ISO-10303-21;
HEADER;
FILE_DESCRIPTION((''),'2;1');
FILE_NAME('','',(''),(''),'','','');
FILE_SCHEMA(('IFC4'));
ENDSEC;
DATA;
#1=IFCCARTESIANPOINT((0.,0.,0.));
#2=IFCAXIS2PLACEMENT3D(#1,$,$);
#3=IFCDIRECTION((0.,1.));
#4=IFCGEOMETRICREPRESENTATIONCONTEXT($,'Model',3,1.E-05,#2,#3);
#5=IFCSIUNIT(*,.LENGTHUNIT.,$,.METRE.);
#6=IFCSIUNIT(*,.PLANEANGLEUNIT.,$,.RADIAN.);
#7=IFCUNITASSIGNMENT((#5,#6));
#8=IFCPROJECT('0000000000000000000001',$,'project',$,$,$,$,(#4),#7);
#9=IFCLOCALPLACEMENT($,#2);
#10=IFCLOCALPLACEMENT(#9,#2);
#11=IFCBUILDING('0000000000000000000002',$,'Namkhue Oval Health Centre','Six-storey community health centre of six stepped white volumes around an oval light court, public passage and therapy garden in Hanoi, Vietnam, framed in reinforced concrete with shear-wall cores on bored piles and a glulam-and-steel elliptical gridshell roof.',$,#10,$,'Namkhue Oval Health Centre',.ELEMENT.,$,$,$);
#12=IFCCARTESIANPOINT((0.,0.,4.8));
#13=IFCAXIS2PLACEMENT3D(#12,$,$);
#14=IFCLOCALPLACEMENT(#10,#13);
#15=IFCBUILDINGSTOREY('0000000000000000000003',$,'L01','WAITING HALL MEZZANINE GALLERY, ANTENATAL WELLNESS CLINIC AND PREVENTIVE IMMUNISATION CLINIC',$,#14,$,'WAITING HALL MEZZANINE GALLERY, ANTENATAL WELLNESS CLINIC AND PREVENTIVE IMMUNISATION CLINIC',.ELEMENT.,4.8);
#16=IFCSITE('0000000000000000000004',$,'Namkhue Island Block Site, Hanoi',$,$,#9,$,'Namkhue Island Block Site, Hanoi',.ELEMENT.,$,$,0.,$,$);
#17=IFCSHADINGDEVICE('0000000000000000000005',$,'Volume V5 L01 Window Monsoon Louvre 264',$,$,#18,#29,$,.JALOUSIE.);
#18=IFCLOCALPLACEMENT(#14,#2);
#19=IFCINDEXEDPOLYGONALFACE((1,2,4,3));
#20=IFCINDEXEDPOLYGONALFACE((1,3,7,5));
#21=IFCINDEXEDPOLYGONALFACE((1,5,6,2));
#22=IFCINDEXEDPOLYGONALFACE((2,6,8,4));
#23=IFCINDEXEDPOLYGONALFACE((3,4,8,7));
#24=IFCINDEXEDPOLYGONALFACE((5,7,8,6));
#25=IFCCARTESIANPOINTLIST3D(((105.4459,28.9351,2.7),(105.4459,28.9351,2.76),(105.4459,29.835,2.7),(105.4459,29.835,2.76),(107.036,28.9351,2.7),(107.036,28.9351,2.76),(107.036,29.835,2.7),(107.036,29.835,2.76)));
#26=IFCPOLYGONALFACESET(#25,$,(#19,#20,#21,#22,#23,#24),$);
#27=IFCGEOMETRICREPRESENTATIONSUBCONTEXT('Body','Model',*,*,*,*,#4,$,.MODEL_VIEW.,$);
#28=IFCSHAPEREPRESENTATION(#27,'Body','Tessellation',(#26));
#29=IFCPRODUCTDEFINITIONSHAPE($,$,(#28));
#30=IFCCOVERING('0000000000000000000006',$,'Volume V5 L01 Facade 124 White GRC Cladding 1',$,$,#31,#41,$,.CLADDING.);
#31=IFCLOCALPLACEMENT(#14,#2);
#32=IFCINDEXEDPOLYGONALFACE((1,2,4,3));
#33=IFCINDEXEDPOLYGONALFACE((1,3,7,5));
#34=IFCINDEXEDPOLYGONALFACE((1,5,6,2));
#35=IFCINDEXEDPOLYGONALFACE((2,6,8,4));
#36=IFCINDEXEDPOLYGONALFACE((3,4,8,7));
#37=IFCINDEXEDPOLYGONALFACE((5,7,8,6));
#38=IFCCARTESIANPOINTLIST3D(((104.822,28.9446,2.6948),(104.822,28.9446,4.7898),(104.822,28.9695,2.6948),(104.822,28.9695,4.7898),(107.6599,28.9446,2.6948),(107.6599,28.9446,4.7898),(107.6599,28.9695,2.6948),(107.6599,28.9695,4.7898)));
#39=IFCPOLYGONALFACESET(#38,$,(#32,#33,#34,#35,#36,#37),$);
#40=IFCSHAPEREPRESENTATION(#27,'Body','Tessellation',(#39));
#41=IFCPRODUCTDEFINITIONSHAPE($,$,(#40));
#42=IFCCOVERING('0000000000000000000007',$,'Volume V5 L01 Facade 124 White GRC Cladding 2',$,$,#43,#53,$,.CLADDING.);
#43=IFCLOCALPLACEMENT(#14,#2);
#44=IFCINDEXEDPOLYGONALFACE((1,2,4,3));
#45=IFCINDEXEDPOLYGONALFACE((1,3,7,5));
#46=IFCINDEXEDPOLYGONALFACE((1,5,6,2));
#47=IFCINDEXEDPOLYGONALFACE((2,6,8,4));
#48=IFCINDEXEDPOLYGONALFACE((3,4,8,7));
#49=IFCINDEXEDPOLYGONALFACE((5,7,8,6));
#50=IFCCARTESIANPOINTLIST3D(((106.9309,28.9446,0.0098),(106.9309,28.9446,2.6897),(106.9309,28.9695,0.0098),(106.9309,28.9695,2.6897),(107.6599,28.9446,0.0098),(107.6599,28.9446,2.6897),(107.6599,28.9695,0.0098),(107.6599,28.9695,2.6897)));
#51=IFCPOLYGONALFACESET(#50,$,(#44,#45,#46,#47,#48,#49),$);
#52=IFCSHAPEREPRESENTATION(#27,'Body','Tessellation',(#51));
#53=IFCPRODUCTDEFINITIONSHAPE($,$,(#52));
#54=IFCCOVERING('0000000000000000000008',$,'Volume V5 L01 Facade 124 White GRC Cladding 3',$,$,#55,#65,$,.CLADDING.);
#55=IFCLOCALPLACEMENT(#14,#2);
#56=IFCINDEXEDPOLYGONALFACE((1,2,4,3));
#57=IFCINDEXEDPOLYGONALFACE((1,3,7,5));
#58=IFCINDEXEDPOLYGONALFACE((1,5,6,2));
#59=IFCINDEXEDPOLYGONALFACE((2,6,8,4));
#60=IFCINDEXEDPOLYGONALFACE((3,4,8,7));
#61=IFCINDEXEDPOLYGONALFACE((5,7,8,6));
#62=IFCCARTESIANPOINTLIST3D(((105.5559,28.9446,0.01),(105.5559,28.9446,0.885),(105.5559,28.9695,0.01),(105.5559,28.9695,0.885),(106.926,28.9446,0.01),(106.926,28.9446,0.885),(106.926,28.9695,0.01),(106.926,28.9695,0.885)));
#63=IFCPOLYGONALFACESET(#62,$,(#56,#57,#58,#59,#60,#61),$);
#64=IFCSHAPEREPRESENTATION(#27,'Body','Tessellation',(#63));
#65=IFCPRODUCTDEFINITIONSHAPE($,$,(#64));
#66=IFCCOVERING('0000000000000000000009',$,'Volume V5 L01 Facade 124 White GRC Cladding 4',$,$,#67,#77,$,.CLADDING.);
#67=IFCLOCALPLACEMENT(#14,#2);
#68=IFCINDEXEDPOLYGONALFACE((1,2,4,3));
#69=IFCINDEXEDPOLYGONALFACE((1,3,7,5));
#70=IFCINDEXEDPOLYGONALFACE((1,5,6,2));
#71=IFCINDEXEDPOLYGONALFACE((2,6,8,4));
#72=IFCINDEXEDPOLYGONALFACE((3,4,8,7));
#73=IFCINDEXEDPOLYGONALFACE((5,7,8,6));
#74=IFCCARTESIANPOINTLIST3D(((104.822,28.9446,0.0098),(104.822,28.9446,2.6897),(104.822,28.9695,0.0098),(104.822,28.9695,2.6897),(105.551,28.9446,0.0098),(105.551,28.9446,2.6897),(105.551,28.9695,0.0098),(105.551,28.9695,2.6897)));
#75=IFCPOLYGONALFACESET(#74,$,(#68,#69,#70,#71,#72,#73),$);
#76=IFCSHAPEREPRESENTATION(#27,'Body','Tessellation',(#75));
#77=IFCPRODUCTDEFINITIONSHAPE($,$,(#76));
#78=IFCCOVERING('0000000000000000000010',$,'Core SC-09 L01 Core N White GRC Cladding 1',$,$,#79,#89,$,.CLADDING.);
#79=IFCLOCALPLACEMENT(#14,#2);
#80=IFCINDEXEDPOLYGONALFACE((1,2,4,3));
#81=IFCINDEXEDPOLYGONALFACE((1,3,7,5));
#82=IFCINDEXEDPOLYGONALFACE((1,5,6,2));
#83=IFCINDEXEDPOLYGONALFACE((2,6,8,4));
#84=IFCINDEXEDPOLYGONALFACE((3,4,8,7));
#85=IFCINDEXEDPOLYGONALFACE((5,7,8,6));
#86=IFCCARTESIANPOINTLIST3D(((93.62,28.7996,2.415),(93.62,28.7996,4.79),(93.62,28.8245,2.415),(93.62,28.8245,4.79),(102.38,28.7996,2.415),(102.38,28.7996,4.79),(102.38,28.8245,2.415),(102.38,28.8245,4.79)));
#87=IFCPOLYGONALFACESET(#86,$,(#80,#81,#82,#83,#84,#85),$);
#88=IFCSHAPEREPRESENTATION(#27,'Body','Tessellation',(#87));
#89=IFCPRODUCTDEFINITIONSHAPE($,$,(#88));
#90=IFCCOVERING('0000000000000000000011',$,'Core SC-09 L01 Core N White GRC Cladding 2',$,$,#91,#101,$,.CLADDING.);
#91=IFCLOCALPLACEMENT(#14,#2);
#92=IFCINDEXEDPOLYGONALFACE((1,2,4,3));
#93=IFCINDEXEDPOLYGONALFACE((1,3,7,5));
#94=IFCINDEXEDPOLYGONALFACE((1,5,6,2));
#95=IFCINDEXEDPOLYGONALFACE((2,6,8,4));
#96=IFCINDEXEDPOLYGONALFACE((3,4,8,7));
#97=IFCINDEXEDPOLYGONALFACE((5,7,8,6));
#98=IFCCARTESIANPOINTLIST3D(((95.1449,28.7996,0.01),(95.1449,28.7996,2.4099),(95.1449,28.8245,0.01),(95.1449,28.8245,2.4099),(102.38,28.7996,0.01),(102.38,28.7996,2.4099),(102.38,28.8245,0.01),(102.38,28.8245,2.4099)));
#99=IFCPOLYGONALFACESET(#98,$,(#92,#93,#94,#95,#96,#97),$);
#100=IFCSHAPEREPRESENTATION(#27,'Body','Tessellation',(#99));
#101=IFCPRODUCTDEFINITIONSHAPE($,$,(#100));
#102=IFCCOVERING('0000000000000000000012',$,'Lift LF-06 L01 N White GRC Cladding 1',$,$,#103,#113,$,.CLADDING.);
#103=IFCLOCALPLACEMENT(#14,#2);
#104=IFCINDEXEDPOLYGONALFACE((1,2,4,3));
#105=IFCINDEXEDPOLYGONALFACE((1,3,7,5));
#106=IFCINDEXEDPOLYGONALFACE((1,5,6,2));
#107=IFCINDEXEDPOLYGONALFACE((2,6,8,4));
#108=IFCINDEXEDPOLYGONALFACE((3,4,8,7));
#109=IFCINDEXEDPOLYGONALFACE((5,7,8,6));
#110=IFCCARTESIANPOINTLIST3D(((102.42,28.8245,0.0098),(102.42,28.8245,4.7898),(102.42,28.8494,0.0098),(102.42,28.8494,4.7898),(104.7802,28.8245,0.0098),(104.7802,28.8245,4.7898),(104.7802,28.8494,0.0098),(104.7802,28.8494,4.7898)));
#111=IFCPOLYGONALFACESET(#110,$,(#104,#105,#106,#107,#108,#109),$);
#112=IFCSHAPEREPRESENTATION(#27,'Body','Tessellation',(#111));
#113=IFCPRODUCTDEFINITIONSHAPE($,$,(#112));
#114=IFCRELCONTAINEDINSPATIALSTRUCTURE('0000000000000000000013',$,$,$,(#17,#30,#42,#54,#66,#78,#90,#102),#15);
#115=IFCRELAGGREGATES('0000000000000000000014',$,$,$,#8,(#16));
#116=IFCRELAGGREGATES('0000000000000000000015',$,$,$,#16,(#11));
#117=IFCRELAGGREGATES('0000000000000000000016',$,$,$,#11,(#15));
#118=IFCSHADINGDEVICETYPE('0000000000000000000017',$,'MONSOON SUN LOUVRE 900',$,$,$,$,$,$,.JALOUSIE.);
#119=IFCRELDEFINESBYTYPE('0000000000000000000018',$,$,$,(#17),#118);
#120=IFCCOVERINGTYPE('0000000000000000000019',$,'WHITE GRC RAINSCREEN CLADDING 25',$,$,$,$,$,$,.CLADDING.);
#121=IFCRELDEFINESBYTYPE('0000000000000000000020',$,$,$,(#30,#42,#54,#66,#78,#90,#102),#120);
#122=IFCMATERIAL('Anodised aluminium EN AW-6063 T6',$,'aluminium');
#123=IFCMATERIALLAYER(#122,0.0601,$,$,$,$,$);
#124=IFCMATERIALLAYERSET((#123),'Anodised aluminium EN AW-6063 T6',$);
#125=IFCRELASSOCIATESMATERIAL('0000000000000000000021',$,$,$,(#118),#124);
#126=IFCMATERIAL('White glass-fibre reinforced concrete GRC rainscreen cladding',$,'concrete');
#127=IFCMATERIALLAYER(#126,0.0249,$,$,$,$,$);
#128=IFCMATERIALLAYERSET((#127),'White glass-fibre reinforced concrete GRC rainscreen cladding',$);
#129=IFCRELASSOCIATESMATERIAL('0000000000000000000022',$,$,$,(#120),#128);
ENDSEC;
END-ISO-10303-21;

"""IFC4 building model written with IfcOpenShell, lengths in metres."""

from ifc_helpers import new_model, si_unit, direction, frame, origin, origin_2d, place, context, subcontext, project, spatial, rectangle, extrude, material, layer, layer_set, type_object, element, save


model = new_model("IFC4")

# Units and contexts
model_context = context("Model", 3, precision=1e-05, world=origin(), true_north=direction((0.0, 1.0)))
body_context = subcontext(model_context, "Body", "Model", "MODEL_VIEW")
ifc_project = project(units=[si_unit("LENGTHUNIT", "METRE"), si_unit("PLANEANGLEUNIT", "RADIAN")], contexts=[model_context])

# Site, building, storey
site_placement = place(None, origin())
site = spatial("IfcSite", under=ifc_project, at=site_placement, Name="Namkhue Island Block Site, Hanoi", LongName="Namkhue Island Block Site, Hanoi", CompositionType="ELEMENT", RefElevation=0.0)
building_placement = place(site_placement, origin())
building = spatial("IfcBuilding", under=site, at=building_placement, Name="Namkhue Oval Health Centre", Description="Six-storey community health centre of six stepped white volumes around an oval light court, public passage and therapy garden in Hanoi, Vietnam, framed in reinforced concrete with shear-wall cores on bored piles and a glulam-and-steel elliptical gridshell roof.", LongName="Namkhue Oval Health Centre", CompositionType="ELEMENT")
storey_placement = place(building_placement, frame((0.0, 0.0, 4.8)))
storey = spatial("IfcBuildingStorey", under=building, at=storey_placement, Name="L01", Description="WAITING HALL MEZZANINE GALLERY, ANTENATAL WELLNESS CLINIC AND PREVENTIVE IMMUNISATION CLINIC", LongName="WAITING HALL MEZZANINE GALLERY, ANTENATAL WELLNESS CLINIC AND PREVENTIVE IMMUNISATION CLINIC", CompositionType="ELEMENT", Elevation=4.8)

# Shading device
ifc_material_1 = material(Name="Anodised aluminium EN AW-6063 T6", Category="aluminium")
ifc_layer_1 = layer(ifc_material_1, 0.0601)
ifc_layer_set_1 = layer_set([ifc_layer_1], Name="Anodised aluminium EN AW-6063 T6")
shading_device_type = type_object("IfcShadingDeviceType", Name="MONSOON SUN LOUVRE 900", PredefinedType="JALOUSIE", material=ifc_layer_set_1)
shading_device_placement = place(storey_placement, frame((106.241, 29.385, 2.7), z_axis=(0.0, 0.0, 1.0), x_axis=(-1.0, 0.0, 0.0)))
element("IfcShadingDevice", 1, at=shading_device_placement, inside=storey, type_object=shading_device_type, Name="Volume V5 L01 Window Monsoon Louvre 264", PredefinedType="JALOUSIE", context=body_context, shape_type="SweptSolid", body=[
    extrude(rectangle(XDim=1.5901, YDim=0.8999, at=origin_2d()), origin(), (0.0, 0.0, 1.0), 0.0601),
])

# Coverings
ifc_material_2 = material(Name="White glass-fibre reinforced concrete GRC rainscreen cladding", Category="concrete")
ifc_layer_2 = layer(ifc_material_2, 0.0249)
ifc_layer_set_2 = layer_set([ifc_layer_2], Name="White glass-fibre reinforced concrete GRC rainscreen cladding")
covering_type = type_object("IfcCoveringType", Name="WHITE GRC RAINSCREEN CLADDING 25", PredefinedType="CLADDING", material=ifc_layer_set_2)
covering_1_placement = place(storey_placement, frame((106.241, 28.957, 2.6948), z_axis=(0.0, 0.0, 1.0), x_axis=(-1.0, 0.0, 0.0)))
element("IfcCovering", 2, at=covering_1_placement, inside=storey, type_object=covering_type, Name="Volume V5 L01 Facade 124 White GRC Cladding 1", PredefinedType="CLADDING", context=body_context, shape_type="SweptSolid", body=[
    extrude(rectangle(XDim=2.8379, YDim=0.0249, at=origin_2d()), origin(), (0.0, 0.0, 1.0), 2.095),
])
covering_2_placement = place(storey_placement, frame((107.2954, 28.957, 0.0098), z_axis=(0.0, 0.0, 1.0), x_axis=(-1.0, 0.0, 0.0)))
element("IfcCovering", 3, at=covering_2_placement, inside=storey, type_object=covering_type, Name="Volume V5 L01 Facade 124 White GRC Cladding 2", PredefinedType="CLADDING", context=body_context, shape_type="SweptSolid", body=[
    extrude(rectangle(XDim=0.729, YDim=0.0249, at=origin_2d()), origin(), (0.0, 0.0, 1.0), 2.6799),
])
covering_3_placement = place(storey_placement, frame((106.241, 28.957, 0.01), z_axis=(0.0, 0.0, 1.0), x_axis=(-1.0, 0.0, 0.0)))
element("IfcCovering", 4, at=covering_3_placement, inside=storey, type_object=covering_type, Name="Volume V5 L01 Facade 124 White GRC Cladding 3", PredefinedType="CLADDING", context=body_context, shape_type="SweptSolid", body=[
    extrude(rectangle(XDim=1.3701, YDim=0.0249, at=origin_2d()), origin(), (0.0, 0.0, 1.0), 0.875),
])
covering_4_placement = place(storey_placement, frame((105.1865, 28.957, 0.0098), z_axis=(0.0, 0.0, 1.0), x_axis=(-1.0, 0.0, 0.0)))
element("IfcCovering", 5, at=covering_4_placement, inside=storey, type_object=covering_type, Name="Volume V5 L01 Facade 124 White GRC Cladding 4", PredefinedType="CLADDING", context=body_context, shape_type="SweptSolid", body=[
    extrude(rectangle(XDim=0.729, YDim=0.0249, at=origin_2d()), origin(), (0.0, 0.0, 1.0), 2.6799),
])
covering_5_placement = place(storey_placement, frame((98.0, 28.812, 2.415), z_axis=(0.0, 0.0, 1.0), x_axis=(-1.0, 0.0, 0.0)))
element("IfcCovering", 6, at=covering_5_placement, inside=storey, type_object=covering_type, Name="Core SC-09 L01 Core N White GRC Cladding 1", PredefinedType="CLADDING", context=body_context, shape_type="SweptSolid", body=[
    extrude(rectangle(XDim=8.76, YDim=0.0249, at=origin_2d()), origin(), (0.0, 0.0, 1.0), 2.375),
])
covering_6_placement = place(storey_placement, frame((98.7625, 28.812, 0.01), z_axis=(0.0, 0.0, 1.0), x_axis=(-1.0, 0.0, 0.0)))
element("IfcCovering", 7, at=covering_6_placement, inside=storey, type_object=covering_type, Name="Core SC-09 L01 Core N White GRC Cladding 2", PredefinedType="CLADDING", context=body_context, shape_type="SweptSolid", body=[
    extrude(rectangle(XDim=7.2351, YDim=0.0249, at=origin_2d()), origin(), (0.0, 0.0, 1.0), 2.3999),
])
covering_7_placement = place(storey_placement, frame((103.6001, 28.8369, 0.0098), z_axis=(0.0, 0.0, 1.0), x_axis=(-1.0, 0.0, 0.0)))
element("IfcCovering", 8, at=covering_7_placement, inside=storey, type_object=covering_type, Name="Lift LF-06 L01 N White GRC Cladding 1", PredefinedType="CLADDING", context=body_context, shape_type="SweptSolid", body=[
    extrude(rectangle(XDim=2.3601, YDim=0.0249, at=origin_2d()), origin(), (0.0, 0.0, 1.0), 4.78),
])

save(model, "model.ifc")
